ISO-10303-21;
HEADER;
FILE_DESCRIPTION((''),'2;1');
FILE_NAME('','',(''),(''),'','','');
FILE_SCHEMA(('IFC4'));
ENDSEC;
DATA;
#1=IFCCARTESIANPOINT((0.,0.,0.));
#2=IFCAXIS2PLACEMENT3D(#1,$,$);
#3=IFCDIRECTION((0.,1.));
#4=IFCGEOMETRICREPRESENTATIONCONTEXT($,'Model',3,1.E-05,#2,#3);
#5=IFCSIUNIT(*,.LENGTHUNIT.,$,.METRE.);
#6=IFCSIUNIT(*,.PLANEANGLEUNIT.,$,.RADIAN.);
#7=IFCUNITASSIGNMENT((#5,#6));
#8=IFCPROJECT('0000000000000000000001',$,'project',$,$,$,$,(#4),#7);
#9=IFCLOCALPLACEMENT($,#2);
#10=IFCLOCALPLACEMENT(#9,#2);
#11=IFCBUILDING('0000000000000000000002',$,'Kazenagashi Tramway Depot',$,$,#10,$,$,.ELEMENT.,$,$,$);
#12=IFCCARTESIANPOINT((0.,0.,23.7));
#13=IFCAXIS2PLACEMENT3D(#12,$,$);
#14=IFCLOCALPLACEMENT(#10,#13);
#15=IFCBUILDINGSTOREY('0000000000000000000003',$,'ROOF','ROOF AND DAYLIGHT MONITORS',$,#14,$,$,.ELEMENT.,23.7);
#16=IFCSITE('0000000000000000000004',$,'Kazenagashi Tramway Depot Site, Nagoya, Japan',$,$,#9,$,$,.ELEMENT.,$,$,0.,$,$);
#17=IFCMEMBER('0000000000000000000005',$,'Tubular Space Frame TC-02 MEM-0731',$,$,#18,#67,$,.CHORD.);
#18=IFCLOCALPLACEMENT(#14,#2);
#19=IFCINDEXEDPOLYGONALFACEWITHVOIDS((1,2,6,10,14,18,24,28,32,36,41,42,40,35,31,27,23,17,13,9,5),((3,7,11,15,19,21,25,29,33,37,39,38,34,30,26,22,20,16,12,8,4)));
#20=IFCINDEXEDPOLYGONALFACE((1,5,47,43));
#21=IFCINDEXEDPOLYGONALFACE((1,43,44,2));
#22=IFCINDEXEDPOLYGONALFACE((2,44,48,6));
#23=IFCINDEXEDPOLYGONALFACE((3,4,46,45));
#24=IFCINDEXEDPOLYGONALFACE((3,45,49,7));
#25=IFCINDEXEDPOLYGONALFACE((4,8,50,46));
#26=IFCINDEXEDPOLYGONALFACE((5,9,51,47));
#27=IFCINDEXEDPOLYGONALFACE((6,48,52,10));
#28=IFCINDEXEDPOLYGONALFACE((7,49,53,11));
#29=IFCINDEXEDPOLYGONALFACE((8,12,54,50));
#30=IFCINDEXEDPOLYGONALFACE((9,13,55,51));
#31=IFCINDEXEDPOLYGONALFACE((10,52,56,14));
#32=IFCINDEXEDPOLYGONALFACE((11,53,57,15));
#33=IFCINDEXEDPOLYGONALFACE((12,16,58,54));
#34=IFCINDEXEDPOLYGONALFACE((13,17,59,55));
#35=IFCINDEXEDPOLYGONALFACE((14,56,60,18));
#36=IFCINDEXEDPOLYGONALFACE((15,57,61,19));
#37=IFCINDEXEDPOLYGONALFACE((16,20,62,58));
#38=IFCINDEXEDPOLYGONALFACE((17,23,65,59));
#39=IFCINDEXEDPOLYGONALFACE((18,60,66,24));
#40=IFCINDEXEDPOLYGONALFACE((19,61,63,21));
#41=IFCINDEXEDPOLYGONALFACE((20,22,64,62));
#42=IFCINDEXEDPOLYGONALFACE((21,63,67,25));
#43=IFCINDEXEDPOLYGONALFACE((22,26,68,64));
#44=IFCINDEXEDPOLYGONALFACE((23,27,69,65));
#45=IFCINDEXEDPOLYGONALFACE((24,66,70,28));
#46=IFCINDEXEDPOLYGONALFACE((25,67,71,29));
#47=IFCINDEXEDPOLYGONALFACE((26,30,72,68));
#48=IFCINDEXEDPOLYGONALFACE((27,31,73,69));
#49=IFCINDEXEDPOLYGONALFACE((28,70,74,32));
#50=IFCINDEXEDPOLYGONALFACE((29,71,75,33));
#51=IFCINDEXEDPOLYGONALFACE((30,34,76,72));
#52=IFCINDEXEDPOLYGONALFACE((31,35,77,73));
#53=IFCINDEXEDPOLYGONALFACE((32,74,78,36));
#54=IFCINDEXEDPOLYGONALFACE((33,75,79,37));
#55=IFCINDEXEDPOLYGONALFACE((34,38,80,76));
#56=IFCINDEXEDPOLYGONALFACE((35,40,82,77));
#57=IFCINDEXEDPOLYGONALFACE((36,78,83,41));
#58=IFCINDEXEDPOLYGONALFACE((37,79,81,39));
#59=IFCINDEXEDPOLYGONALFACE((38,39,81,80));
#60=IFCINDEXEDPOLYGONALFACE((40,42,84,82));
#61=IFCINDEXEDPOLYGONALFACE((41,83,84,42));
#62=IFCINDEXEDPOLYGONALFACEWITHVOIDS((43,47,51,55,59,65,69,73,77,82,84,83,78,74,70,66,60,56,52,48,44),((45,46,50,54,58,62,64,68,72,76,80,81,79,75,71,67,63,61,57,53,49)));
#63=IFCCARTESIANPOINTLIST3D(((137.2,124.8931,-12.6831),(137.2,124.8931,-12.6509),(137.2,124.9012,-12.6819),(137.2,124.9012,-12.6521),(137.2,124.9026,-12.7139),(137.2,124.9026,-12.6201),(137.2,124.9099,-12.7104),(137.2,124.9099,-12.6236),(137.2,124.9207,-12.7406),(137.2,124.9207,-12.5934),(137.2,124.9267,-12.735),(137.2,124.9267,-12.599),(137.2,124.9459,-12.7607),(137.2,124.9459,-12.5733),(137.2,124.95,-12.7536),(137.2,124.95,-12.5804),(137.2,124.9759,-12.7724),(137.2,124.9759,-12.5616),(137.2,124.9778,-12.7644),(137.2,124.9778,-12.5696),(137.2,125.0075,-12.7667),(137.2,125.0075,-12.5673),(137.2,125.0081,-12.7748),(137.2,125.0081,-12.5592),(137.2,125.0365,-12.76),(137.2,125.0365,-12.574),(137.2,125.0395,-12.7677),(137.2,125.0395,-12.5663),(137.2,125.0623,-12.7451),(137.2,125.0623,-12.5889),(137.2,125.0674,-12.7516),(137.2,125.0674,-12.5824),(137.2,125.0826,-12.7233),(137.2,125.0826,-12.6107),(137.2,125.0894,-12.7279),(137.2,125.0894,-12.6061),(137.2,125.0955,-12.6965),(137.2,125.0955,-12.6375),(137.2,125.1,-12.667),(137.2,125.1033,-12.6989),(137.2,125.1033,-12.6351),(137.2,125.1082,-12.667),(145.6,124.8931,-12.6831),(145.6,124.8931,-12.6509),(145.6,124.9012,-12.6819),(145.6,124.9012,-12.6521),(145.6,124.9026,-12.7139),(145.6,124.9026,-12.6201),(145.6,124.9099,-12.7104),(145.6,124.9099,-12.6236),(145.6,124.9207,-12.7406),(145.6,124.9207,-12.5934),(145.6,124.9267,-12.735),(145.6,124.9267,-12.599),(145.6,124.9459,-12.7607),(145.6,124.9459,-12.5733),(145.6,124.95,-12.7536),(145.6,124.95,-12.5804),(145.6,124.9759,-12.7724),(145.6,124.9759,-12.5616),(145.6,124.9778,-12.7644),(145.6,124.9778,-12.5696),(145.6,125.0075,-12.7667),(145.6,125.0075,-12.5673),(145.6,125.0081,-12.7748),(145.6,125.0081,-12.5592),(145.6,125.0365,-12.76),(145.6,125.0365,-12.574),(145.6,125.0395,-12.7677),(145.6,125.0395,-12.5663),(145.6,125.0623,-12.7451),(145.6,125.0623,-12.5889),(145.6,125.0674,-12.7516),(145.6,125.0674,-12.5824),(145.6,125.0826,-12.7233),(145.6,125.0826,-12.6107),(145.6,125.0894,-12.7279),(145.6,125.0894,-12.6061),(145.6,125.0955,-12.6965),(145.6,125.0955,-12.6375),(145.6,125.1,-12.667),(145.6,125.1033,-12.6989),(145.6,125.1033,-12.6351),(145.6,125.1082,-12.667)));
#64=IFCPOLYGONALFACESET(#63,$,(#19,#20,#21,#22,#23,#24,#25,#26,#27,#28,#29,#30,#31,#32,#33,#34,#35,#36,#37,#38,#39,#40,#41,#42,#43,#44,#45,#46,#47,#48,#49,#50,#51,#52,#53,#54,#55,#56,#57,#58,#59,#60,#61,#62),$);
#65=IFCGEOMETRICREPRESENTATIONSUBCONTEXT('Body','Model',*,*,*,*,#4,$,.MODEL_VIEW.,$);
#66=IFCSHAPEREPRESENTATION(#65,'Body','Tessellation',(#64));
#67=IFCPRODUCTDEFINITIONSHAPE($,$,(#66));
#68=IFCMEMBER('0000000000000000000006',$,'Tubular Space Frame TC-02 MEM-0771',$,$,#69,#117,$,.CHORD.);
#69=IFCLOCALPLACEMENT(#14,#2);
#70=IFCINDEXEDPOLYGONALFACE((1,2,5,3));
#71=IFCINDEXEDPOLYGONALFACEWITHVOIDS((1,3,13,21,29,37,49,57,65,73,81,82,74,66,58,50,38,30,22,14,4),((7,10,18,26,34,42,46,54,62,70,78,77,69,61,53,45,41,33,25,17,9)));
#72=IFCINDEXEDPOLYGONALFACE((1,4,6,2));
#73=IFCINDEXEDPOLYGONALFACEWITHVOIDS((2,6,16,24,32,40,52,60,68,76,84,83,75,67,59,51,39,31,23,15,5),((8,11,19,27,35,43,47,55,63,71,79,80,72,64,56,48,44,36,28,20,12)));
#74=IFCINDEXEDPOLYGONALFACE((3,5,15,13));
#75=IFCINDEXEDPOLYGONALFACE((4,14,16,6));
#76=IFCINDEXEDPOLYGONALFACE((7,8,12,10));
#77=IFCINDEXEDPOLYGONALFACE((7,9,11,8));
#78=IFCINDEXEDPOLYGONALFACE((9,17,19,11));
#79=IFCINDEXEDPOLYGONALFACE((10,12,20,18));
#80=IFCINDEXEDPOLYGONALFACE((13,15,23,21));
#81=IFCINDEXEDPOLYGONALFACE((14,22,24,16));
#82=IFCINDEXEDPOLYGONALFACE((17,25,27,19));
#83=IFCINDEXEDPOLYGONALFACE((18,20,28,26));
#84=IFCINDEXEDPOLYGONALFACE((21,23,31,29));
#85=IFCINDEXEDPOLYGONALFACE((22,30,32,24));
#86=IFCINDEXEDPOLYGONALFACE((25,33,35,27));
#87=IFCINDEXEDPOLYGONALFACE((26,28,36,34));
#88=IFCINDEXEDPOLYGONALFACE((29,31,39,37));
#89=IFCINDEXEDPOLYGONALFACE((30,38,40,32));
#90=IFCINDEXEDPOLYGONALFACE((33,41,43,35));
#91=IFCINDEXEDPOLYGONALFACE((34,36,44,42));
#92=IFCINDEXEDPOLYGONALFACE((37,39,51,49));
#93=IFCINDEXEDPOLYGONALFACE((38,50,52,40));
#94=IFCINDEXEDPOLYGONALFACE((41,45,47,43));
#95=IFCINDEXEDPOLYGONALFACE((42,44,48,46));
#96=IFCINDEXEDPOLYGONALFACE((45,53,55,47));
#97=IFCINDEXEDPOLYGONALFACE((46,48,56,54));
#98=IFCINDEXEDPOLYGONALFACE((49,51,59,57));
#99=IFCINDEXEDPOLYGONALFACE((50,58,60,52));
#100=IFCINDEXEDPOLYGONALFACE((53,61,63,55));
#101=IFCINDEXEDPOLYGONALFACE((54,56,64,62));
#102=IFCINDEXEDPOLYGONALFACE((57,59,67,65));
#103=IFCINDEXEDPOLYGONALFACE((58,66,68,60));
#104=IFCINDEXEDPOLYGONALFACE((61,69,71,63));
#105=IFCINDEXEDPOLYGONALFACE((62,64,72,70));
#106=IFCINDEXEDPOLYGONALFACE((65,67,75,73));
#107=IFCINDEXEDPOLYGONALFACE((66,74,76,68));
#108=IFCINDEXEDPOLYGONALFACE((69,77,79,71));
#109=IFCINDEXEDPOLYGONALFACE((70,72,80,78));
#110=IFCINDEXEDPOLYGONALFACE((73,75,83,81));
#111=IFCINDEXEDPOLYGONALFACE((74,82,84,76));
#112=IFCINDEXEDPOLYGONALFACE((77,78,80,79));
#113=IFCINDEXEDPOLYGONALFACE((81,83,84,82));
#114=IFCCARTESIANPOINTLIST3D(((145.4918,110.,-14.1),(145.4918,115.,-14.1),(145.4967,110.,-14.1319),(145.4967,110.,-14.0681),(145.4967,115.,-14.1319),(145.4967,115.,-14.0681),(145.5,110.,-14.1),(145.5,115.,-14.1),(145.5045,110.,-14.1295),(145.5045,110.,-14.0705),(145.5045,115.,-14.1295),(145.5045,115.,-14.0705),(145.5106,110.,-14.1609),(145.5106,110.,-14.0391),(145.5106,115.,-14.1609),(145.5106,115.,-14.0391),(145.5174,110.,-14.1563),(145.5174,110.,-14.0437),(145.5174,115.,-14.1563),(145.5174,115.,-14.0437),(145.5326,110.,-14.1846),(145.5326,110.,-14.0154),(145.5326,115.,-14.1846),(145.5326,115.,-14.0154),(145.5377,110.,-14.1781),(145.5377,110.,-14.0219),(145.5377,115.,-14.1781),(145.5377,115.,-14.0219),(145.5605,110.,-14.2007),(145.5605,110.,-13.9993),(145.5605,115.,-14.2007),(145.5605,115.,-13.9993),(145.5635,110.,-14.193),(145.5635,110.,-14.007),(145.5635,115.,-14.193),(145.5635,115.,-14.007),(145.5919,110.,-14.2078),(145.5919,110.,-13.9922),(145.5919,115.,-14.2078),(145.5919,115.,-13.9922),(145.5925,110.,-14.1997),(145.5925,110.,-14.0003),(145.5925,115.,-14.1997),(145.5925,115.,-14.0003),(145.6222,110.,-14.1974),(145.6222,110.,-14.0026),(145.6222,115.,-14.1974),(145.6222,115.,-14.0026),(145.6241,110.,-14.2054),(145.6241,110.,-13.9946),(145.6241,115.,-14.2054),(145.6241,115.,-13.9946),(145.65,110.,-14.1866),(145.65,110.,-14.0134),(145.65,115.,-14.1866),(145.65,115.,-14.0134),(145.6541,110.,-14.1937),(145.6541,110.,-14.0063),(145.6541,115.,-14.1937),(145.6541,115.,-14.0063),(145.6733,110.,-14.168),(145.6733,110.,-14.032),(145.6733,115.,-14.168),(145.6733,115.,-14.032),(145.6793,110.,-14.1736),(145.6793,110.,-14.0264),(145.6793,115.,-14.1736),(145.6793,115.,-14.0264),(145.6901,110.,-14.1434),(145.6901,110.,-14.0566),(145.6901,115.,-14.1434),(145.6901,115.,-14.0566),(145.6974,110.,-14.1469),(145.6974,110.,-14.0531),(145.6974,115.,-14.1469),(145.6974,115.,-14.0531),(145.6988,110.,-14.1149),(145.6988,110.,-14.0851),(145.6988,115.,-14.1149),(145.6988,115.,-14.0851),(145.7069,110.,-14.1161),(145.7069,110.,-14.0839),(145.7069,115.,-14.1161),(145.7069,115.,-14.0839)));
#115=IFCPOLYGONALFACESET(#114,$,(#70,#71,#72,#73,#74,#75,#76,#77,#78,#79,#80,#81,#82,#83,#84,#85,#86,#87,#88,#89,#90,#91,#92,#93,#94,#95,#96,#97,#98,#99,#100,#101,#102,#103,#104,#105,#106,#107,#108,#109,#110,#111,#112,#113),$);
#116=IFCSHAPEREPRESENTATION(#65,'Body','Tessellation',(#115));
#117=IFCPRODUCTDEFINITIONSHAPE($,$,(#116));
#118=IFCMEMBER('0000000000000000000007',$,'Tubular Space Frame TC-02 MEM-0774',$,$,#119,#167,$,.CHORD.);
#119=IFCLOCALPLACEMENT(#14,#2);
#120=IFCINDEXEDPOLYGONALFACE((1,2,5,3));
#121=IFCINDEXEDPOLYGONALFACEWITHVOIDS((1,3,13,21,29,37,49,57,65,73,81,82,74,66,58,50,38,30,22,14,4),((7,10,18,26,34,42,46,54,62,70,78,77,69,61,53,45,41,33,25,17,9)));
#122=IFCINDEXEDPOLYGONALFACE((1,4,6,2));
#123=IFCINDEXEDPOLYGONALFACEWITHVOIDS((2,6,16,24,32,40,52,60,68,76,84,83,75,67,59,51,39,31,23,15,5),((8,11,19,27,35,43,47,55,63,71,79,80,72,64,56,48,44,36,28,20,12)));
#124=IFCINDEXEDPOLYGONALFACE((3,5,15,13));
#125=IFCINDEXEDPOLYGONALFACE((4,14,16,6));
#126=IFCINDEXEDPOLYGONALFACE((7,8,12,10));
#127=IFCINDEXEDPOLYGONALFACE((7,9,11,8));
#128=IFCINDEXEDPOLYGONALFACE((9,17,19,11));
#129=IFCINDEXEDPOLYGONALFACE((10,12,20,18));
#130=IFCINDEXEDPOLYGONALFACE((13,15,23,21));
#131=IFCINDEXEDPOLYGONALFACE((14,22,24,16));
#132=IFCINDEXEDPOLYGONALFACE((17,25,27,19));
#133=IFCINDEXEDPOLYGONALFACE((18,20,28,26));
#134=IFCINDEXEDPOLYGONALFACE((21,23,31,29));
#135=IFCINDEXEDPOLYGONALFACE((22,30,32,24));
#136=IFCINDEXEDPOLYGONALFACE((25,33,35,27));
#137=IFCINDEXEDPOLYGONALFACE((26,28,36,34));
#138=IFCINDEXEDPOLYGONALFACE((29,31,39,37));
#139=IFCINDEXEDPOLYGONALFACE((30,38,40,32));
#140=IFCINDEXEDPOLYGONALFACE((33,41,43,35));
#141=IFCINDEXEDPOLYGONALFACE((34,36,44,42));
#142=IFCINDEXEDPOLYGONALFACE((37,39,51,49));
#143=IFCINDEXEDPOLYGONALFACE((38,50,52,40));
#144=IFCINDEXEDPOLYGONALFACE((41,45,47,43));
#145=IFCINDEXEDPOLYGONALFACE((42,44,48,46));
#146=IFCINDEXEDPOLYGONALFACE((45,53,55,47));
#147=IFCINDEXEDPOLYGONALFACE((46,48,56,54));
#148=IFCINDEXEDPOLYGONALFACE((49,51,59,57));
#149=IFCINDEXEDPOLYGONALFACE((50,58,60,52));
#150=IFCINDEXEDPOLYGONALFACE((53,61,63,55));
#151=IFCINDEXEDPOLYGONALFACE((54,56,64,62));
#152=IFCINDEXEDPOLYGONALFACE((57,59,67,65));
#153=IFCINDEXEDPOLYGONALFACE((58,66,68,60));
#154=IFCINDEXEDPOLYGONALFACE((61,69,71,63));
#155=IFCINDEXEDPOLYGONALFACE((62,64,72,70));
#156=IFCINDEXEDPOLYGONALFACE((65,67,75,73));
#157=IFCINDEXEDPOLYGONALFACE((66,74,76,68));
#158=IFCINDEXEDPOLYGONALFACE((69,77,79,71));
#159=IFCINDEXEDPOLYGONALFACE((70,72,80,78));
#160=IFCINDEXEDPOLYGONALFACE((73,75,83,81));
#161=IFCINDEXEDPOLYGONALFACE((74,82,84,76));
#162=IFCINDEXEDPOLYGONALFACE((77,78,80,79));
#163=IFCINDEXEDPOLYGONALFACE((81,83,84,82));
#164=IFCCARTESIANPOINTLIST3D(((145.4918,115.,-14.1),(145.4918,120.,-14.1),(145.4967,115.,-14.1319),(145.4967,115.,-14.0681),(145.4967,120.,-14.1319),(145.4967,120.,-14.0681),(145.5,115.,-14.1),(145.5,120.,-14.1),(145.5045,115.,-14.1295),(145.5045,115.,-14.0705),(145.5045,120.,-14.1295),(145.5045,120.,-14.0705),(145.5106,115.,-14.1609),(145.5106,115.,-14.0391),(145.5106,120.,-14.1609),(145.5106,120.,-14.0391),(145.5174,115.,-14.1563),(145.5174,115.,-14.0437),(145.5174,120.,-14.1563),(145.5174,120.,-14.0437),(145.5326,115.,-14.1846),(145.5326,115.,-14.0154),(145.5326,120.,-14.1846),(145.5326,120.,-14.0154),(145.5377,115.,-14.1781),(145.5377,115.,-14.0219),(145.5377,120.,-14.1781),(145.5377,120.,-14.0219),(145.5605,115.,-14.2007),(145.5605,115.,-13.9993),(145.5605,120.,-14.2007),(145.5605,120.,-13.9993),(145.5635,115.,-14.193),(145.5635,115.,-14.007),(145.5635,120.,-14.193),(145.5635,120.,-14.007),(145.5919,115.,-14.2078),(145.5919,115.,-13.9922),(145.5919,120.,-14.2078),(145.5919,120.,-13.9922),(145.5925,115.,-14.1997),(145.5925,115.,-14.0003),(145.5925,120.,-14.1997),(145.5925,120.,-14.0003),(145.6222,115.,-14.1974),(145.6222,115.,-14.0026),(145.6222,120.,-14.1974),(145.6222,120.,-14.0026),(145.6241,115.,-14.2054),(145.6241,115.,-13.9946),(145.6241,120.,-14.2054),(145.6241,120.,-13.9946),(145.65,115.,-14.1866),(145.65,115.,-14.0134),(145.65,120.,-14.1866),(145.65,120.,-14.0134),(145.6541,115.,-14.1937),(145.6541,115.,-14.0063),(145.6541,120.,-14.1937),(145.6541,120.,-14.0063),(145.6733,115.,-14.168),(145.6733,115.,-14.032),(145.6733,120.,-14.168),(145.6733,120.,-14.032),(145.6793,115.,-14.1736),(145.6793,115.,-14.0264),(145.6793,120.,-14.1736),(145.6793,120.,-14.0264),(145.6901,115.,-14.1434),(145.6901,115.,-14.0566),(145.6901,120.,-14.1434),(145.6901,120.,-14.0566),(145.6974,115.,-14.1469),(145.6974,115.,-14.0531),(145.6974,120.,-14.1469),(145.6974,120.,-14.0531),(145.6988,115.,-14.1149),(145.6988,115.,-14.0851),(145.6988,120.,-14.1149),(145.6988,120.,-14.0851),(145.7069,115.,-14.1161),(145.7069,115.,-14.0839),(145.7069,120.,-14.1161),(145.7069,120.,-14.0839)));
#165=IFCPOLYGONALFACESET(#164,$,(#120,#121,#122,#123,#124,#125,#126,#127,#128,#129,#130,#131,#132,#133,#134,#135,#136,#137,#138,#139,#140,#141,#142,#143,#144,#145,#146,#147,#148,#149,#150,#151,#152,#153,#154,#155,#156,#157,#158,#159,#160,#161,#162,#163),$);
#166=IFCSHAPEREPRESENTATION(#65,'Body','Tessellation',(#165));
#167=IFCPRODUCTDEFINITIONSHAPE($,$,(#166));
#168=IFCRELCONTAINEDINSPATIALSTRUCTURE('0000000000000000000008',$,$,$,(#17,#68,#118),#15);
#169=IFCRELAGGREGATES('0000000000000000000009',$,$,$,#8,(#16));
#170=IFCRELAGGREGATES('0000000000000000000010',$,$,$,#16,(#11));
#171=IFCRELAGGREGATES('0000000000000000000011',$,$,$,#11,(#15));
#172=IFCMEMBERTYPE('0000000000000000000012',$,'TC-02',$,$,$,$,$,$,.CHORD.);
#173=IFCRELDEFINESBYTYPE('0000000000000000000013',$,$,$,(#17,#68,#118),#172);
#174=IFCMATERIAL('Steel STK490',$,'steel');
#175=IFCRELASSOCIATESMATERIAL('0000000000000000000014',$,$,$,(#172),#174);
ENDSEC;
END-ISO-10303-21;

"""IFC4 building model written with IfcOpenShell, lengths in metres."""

from ifc_helpers import new_model, si_unit, direction, frame, origin, origin_2d, place, context, subcontext, project, spatial, hollow_circle, extrude, material, material_profile, profile_set, type_object, element, save


model = new_model("IFC4")

# Units and contexts
model_context = context("Model", 3, precision=1e-05, world=origin(), true_north=direction((0.0, 1.0)))
body_context = subcontext(model_context, "Body", "Model", "MODEL_VIEW")
ifc_project = project(units=[si_unit("LENGTHUNIT", "METRE"), si_unit("PLANEANGLEUNIT", "RADIAN")], contexts=[model_context])

# Site, building, storey
site_placement = place(None, origin())
site = spatial("IfcSite", under=ifc_project, at=site_placement, Name="Kazenagashi Tramway Depot Site, Nagoya, Japan", CompositionType="ELEMENT", RefElevation=0.0)
building_placement = place(site_placement, origin())
building = spatial("IfcBuilding", under=site, at=building_placement, Name="Kazenagashi Tramway Depot", CompositionType="ELEMENT")
storey_placement = place(building_placement, frame((0.0, 0.0, 23.7)))
storey = spatial("IfcBuildingStorey", under=building, at=storey_placement, Name="ROOF", Description="ROOF AND DAYLIGHT MONITORS", CompositionType="ELEMENT", Elevation=23.7)

# Members
ifc_material_1 = material(Name="Steel STK490", Category="steel")
ifc_material_profile_1 = material_profile(ifc_material_1, hollow_circle(Radius=0.1081, WallThickness=0.0082, at=origin_2d()), Name="CHS-216.3x8.2")
ifc_profile_set_1 = profile_set([ifc_material_profile_1], Name="Steel STK490")
member_type_1 = type_object("IfcMemberType", Name="TC-02", PredefinedType="CHORD", material=ifc_profile_set_1)
member_1_placement = place(storey_placement, frame((137.2, 125.0, -12.667), z_axis=(1.0, 0.0, 0.0), x_axis=(0.0, 1.0, 0.0)))
element("IfcMember", 1, at=member_1_placement, inside=storey, type_object=member_type_1, Name="Tubular Space Frame TC-02 MEM-0731", PredefinedType="CHORD", context=body_context, shape_type="SweptSolid", body=[
    extrude(hollow_circle(Radius=0.1081, WallThickness=0.0082, at=origin_2d()), origin(), (0.0, 0.0, 1.0), 8.4),
])
for number, where, z_axis, x_axis, name in (
    (2, (145.6, 110.0, -14.1), (0.0, 1.0, 0.0), (-1.0, 0.0, 0.0), "Tubular Space Frame TC-02 MEM-0771"),
    (3, (145.6, 115.0, -14.1), (0.0, 1.0, 0.0), (-1.0, 0.0, 0.0), "Tubular Space Frame TC-02 MEM-0774"),
):
    element("IfcMember", number, at=place(storey_placement, frame(where, z_axis=z_axis, x_axis=x_axis)), inside=storey, type_object=member_type_1, Name=name, PredefinedType="CHORD", context=body_context, shape_type="SweptSolid", body=[
        extrude(hollow_circle(Radius=0.1081, WallThickness=0.0082, at=origin_2d()), origin(), (0.0, 0.0, 1.0), 5.0),
    ])

save(model, "model.ifc")
